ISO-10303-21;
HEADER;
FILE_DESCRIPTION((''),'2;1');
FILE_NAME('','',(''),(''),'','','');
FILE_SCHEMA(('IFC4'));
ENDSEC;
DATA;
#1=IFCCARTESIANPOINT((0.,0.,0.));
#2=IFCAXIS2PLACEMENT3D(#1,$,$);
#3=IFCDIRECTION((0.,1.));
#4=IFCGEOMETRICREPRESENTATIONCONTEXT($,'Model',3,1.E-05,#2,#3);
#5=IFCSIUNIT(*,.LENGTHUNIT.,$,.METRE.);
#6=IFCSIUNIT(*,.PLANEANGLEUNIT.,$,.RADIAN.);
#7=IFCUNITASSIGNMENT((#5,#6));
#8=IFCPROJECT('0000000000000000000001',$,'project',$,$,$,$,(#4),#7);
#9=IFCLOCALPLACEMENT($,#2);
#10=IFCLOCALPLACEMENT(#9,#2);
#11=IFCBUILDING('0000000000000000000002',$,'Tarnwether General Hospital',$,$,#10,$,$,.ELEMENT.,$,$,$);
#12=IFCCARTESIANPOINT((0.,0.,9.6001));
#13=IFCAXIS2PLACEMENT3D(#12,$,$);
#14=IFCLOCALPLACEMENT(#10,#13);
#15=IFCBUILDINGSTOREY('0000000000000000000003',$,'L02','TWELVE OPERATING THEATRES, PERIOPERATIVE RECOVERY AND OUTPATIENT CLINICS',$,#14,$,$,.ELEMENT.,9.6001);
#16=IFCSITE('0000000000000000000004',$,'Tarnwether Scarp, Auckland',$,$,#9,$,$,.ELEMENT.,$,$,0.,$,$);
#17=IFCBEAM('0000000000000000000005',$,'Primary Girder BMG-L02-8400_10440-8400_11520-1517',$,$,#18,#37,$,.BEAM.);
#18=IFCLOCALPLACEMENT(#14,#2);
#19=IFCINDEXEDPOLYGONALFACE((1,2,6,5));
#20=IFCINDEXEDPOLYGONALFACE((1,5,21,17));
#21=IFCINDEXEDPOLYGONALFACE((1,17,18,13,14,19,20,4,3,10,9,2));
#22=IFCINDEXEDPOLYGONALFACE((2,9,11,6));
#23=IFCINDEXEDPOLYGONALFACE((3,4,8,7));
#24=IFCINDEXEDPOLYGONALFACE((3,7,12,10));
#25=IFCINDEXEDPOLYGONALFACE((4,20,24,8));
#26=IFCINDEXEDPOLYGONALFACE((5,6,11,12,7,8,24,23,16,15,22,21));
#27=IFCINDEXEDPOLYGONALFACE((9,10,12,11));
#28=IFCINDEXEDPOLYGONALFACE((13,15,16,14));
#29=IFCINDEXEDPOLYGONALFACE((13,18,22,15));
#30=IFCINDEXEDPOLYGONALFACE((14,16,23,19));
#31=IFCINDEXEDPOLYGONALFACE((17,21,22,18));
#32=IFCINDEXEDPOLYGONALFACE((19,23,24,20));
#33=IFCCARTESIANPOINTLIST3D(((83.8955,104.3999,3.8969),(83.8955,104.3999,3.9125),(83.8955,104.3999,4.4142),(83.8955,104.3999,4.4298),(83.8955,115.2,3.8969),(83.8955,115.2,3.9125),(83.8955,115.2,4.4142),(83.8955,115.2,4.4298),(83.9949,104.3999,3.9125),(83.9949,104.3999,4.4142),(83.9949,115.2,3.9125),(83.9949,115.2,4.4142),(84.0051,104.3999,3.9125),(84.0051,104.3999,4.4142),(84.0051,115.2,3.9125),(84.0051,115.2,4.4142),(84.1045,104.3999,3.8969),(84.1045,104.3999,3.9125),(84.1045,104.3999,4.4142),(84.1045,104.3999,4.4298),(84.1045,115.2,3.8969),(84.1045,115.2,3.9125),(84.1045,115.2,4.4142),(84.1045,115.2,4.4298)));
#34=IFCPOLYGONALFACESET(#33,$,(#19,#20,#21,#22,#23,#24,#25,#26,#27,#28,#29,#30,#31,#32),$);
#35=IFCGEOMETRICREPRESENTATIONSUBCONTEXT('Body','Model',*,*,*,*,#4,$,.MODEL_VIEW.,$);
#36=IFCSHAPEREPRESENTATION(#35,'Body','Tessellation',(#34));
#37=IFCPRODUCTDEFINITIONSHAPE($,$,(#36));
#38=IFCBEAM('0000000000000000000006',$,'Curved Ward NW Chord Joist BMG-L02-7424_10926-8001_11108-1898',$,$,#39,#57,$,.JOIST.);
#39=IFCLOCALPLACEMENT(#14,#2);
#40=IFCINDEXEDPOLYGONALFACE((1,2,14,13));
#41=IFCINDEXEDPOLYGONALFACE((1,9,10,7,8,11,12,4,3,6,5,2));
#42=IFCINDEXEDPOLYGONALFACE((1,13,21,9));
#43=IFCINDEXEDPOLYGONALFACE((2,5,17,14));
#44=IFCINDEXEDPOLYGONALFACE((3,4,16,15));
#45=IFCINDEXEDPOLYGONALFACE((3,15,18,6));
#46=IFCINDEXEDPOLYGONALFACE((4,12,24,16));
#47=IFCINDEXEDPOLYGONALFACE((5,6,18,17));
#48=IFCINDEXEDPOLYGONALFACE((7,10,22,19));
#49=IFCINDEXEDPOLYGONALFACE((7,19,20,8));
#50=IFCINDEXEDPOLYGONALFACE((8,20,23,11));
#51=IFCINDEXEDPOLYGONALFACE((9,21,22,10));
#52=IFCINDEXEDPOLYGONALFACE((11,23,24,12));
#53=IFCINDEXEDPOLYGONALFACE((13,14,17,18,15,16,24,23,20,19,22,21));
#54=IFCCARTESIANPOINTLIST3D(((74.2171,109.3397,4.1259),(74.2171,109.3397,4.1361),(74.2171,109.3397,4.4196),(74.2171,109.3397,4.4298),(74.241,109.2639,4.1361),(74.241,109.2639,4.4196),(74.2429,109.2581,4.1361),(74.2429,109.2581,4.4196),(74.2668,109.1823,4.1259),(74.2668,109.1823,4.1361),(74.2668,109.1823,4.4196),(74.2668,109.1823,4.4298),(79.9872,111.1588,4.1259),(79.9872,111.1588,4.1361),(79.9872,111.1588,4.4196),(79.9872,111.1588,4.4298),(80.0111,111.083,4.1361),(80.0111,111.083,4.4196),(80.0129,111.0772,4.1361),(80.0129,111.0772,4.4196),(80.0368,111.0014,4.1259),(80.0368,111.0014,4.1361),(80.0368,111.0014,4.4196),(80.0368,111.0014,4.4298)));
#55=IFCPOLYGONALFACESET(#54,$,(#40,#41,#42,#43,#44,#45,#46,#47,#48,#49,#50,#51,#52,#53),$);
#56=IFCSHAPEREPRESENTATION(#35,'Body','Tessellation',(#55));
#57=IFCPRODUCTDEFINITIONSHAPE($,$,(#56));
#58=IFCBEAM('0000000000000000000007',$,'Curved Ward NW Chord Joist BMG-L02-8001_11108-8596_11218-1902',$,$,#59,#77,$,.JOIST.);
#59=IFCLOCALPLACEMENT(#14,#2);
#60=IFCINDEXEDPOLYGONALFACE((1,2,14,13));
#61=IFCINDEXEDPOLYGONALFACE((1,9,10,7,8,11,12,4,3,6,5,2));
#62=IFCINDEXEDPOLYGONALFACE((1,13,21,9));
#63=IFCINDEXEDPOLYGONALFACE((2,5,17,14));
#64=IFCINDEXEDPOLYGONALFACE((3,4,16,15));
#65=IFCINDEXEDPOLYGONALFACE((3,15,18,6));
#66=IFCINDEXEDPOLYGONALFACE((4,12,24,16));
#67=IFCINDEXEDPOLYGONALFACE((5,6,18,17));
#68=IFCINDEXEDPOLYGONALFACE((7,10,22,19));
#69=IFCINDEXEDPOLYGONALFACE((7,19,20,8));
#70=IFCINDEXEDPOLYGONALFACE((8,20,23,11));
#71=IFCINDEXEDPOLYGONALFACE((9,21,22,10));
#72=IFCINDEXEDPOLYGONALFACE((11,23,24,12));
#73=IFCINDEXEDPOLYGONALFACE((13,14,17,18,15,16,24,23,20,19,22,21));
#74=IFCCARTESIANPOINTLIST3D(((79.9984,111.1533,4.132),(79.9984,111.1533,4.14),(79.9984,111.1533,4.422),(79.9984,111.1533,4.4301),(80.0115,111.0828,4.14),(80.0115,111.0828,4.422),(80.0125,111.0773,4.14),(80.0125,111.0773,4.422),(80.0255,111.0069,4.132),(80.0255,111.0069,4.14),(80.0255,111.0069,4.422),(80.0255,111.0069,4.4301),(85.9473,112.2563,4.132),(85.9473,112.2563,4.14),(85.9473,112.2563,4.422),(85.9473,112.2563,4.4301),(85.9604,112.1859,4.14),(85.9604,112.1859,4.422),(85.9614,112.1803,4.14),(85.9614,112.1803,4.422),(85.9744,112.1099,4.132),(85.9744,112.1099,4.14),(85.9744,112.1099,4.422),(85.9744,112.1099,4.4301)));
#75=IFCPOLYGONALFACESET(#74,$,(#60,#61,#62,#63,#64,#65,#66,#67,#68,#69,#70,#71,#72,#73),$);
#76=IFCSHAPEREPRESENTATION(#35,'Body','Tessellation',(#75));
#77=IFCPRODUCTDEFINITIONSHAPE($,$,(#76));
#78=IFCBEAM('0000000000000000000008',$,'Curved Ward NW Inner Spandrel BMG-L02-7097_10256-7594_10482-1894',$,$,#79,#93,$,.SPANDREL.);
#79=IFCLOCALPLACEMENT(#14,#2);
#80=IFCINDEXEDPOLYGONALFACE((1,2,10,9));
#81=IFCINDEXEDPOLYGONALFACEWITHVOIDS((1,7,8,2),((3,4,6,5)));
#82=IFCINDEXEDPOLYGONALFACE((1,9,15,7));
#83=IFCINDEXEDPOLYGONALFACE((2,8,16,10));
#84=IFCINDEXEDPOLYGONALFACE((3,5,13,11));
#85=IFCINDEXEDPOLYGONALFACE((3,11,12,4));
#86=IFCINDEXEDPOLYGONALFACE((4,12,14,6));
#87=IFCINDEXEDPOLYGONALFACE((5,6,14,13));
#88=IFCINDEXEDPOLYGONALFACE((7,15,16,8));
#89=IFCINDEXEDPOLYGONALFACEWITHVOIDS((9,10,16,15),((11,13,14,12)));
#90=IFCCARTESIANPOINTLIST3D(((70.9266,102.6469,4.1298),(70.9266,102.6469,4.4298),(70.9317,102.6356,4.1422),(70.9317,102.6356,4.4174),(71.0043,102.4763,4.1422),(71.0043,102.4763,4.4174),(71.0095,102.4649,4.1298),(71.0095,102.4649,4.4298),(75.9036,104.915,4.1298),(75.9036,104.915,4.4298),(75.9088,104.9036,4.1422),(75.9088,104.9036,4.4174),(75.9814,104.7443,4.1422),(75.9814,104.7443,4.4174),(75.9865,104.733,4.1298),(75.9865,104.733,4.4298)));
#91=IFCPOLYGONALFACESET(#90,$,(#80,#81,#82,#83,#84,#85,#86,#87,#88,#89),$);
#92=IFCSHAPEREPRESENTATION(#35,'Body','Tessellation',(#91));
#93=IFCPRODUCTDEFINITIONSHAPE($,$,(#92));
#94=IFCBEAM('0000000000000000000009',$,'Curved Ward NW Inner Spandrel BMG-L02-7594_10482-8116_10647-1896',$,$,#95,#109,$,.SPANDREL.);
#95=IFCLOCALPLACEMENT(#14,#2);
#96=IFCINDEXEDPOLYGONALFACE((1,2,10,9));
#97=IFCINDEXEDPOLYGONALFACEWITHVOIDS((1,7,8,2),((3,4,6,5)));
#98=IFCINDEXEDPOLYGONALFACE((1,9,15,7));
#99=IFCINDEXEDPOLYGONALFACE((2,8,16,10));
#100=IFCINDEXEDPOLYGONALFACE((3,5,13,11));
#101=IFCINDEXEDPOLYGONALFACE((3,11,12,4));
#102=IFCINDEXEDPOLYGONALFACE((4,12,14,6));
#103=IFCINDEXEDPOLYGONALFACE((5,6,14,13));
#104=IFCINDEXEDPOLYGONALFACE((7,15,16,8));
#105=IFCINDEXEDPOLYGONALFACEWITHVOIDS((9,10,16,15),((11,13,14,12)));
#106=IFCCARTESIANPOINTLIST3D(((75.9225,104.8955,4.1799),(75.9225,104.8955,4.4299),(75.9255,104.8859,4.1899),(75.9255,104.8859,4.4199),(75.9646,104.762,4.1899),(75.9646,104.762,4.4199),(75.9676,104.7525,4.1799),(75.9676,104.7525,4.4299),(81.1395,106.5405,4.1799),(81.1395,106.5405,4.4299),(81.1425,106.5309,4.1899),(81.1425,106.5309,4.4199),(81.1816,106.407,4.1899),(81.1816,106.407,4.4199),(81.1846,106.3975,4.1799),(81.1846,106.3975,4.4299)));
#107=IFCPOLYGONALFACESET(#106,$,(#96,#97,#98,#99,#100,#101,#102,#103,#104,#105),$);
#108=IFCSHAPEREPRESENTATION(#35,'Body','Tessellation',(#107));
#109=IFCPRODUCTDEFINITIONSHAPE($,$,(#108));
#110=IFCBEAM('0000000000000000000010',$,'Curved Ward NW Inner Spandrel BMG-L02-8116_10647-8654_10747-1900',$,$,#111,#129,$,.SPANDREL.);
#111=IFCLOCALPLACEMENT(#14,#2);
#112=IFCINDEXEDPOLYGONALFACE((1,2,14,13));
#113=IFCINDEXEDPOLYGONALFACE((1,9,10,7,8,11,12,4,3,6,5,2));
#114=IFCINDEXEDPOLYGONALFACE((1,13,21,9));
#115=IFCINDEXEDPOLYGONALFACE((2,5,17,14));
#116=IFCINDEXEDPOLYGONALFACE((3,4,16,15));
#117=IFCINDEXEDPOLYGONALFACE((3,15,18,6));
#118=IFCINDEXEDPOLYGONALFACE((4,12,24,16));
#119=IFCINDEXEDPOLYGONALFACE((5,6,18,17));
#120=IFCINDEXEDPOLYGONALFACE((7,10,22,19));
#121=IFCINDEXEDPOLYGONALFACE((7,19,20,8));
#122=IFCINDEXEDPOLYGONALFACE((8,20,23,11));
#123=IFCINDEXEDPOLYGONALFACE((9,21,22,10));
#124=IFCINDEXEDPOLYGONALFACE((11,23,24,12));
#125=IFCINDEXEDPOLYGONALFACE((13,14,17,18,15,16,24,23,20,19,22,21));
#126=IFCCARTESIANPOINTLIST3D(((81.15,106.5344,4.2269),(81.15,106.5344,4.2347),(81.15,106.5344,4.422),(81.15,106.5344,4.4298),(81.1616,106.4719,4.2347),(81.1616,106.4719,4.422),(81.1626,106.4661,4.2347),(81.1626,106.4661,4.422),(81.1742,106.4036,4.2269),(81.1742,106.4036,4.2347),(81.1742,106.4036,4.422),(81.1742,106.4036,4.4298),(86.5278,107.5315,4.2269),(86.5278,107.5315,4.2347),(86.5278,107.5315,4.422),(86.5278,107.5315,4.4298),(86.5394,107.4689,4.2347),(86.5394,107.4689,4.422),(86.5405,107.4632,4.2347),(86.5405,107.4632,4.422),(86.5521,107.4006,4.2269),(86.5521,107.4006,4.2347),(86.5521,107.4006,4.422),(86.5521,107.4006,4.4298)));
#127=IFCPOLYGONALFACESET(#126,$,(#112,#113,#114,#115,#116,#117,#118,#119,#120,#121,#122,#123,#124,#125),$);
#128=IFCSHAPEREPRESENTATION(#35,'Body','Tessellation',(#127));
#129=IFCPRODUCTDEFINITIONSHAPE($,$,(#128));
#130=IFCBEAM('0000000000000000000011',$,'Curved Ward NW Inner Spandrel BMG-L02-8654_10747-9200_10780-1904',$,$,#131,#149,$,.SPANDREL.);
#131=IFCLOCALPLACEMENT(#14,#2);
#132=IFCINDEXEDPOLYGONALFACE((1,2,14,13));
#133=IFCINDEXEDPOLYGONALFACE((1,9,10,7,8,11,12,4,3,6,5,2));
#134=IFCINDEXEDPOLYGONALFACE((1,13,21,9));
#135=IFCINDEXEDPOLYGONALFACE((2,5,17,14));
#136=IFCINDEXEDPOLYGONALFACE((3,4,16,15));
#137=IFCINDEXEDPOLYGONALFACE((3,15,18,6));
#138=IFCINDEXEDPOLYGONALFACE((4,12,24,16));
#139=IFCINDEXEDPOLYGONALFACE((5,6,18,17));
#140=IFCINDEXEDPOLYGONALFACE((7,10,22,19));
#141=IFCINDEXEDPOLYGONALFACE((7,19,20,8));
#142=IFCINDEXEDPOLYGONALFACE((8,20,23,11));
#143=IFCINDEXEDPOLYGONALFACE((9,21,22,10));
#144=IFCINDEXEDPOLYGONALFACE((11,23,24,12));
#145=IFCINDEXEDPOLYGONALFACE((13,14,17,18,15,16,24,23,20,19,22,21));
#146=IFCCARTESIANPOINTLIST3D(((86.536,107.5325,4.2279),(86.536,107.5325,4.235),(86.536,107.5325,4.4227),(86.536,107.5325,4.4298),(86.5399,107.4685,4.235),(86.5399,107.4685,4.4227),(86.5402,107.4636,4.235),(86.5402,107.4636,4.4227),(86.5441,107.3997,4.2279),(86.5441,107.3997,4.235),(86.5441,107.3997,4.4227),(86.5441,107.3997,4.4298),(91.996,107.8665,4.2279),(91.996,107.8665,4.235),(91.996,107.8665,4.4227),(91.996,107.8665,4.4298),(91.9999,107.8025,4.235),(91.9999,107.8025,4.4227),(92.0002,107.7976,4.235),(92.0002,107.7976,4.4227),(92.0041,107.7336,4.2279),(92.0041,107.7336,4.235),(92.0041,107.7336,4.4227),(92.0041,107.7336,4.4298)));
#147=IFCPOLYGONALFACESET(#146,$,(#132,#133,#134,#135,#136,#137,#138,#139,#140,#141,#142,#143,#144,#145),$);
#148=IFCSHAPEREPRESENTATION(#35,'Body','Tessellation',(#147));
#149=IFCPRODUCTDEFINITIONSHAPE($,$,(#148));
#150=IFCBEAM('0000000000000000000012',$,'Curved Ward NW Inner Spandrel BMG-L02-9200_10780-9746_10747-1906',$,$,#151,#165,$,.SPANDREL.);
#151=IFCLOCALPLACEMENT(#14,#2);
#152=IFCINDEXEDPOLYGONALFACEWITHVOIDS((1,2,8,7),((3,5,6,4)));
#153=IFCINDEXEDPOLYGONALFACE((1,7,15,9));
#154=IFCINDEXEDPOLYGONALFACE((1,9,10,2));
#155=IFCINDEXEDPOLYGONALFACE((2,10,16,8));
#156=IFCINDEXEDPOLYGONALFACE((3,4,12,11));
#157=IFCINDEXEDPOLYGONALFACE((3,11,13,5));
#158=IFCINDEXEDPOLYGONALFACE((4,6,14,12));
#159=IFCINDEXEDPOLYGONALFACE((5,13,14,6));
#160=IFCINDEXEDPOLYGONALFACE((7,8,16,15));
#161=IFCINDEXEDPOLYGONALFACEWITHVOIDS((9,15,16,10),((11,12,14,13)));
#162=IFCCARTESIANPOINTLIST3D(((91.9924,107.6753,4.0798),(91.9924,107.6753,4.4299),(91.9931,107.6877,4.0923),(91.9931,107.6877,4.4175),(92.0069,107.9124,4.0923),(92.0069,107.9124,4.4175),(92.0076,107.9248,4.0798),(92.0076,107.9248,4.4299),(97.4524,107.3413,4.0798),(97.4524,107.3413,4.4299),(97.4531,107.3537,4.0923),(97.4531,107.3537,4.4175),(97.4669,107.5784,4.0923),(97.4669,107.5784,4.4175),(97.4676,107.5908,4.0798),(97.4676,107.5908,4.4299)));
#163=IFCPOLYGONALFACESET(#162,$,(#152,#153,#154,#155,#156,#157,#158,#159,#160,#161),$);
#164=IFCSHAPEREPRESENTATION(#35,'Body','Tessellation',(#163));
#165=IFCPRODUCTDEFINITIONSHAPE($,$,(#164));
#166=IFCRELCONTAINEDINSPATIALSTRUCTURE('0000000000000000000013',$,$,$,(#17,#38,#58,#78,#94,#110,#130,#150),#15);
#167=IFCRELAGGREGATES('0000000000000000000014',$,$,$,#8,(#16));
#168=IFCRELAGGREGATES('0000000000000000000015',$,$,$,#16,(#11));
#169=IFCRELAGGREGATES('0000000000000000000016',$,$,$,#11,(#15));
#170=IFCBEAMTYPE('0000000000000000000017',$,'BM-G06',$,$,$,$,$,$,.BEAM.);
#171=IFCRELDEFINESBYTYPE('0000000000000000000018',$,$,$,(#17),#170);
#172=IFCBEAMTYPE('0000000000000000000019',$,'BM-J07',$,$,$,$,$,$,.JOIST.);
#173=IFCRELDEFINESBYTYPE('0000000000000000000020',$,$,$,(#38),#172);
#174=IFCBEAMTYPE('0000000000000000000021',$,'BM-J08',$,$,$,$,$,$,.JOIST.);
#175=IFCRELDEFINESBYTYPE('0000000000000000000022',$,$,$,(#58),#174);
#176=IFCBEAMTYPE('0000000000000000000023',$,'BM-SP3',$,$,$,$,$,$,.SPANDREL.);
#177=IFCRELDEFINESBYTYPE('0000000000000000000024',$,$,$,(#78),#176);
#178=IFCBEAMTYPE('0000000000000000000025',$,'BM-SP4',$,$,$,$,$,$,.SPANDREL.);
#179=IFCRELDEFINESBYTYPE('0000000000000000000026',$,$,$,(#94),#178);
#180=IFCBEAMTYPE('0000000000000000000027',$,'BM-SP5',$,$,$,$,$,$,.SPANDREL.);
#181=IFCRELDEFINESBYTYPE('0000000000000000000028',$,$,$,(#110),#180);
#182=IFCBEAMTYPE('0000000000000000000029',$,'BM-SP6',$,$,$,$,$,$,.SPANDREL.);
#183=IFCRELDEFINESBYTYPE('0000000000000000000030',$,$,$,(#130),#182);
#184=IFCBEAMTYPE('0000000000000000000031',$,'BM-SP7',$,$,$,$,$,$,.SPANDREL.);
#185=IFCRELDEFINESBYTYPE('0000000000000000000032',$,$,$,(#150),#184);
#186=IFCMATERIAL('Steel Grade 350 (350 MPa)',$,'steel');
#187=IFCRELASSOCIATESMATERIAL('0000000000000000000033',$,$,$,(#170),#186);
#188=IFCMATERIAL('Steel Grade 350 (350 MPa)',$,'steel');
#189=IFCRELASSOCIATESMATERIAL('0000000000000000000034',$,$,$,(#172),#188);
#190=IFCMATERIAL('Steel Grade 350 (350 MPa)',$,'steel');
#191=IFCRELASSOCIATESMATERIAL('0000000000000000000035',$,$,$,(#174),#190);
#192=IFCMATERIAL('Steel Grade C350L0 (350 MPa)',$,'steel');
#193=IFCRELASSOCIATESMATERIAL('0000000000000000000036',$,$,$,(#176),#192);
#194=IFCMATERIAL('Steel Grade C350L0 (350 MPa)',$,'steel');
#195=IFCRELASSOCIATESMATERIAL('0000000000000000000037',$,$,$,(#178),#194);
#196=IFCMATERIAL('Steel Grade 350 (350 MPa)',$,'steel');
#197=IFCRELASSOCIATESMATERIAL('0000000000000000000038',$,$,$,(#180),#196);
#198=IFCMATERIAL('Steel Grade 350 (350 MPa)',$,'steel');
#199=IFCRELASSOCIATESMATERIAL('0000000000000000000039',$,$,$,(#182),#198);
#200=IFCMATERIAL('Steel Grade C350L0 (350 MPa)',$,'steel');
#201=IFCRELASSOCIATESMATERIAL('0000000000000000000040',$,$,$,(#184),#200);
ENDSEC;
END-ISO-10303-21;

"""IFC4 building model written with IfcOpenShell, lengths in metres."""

from ifc_helpers import new_model, si_unit, direction, frame, origin, origin_2d, place, context, subcontext, project, spatial, hollow_rectangle, i_section, extrude, material, material_profile, profile_set, type_object, element, save


model = new_model("IFC4")

# Units and contexts
model_context = context("Model", 3, precision=1e-05, world=origin(), true_north=direction((0.0, 1.0)))
body_context = subcontext(model_context, "Body", "Model", "MODEL_VIEW")
ifc_project = project(units=[si_unit("LENGTHUNIT", "METRE"), si_unit("PLANEANGLEUNIT", "RADIAN")], contexts=[model_context])

# Site, building, storey
site_placement = place(None, origin())
site = spatial("IfcSite", under=ifc_project, at=site_placement, Name="Tarnwether Scarp, Auckland", CompositionType="ELEMENT", RefElevation=0.0)
building_placement = place(site_placement, origin())
building = spatial("IfcBuilding", under=site, at=building_placement, Name="Tarnwether General Hospital", CompositionType="ELEMENT")
storey_placement = place(building_placement, frame((0.0, 0.0, 9.6001)))
storey = spatial("IfcBuildingStorey", under=building, at=storey_placement, Name="L02", Description="TWELVE OPERATING THEATRES, PERIOPERATIVE RECOVERY AND OUTPATIENT CLINICS", CompositionType="ELEMENT", Elevation=9.6001)

# Beams
ifc_material_1 = material(Name="Steel Grade 350 (350 MPa)", Category="steel")
ifc_material_profile_1 = material_profile(ifc_material_1, i_section(OverallWidth=0.209, OverallDepth=0.533, WebThickness=0.0103, FlangeThickness=0.0156, at=origin_2d()), Name="530UB92.4")
ifc_profile_set_1 = profile_set([ifc_material_profile_1], Name="Steel Grade 350 (350 MPa)")
beam_type_1 = type_object("IfcBeamType", Name="BM-G06", PredefinedType="BEAM", material=ifc_profile_set_1)
beam_1_placement = place(storey_placement, frame((84.0, 104.3999, 4.1633), z_axis=(0.0, 1.0, 0.0), x_axis=(-1.0, 0.0, 0.0)))
element("IfcBeam", 1, at=beam_1_placement, inside=storey, type_object=beam_type_1, Name="Primary Girder BMG-L02-8400_10440-8400_11520-1517", PredefinedType="BEAM", context=body_context, shape_type="SweptSolid", body=[
    extrude(i_section(OverallWidth=0.209, OverallDepth=0.533, WebThickness=0.0103, FlangeThickness=0.0156, at=origin_2d()), origin(), (0.0, 0.0, 1.0), 10.8),
])
ifc_material_2 = material(Name="Steel Grade 350 (350 MPa)", Category="steel")
ifc_material_profile_2 = material_profile(ifc_material_2, i_section(OverallWidth=0.165, OverallDepth=0.304, WebThickness=0.0061, FlangeThickness=0.0103, at=origin_2d()), Name="310UB40.4")
ifc_profile_set_2 = profile_set([ifc_material_profile_2], Name="Steel Grade 350 (350 MPa)")
beam_type_2 = type_object("IfcBeamType", Name="BM-J07", PredefinedType="JOIST", material=ifc_profile_set_2)
beam_2_placement = place(storey_placement, frame((74.2419, 109.261, 4.2778), z_axis=(0.953726, 0.300677, 0.0), x_axis=(-0.300677, 0.953726, 0.0)))
element("IfcBeam", 2, at=beam_2_placement, inside=storey, type_object=beam_type_2, Name="Curved Ward NW Chord Joist BMG-L02-7424_10926-8001_11108-1898", PredefinedType="JOIST", context=body_context, shape_type="SweptSolid", body=[
    extrude(i_section(OverallWidth=0.165, OverallDepth=0.304, WebThickness=0.0061, FlangeThickness=0.0103, at=origin_2d()), origin(), (0.0, 0.0, 1.0), 6.05),
])
ifc_material_3 = material(Name="Steel Grade 350 (350 MPa)", Category="steel")
ifc_material_profile_3 = material_profile(ifc_material_3, i_section(OverallWidth=0.1489, OverallDepth=0.2981, WebThickness=0.0056, FlangeThickness=0.0081, at=origin_2d()), Name="310UB32.0")
ifc_profile_set_3 = profile_set([ifc_material_profile_3], Name="Steel Grade 350 (350 MPa)")
beam_type_3 = type_object("IfcBeamType", Name="BM-J08", PredefinedType="JOIST", material=ifc_profile_set_3)
beam_3_placement = place(storey_placement, frame((80.012, 111.0801, 4.281), z_axis=(0.983242, 0.182307, 0.0), x_axis=(-0.182307, 0.983242, 0.0)))
element("IfcBeam", 3, at=beam_3_placement, inside=storey, type_object=beam_type_3, Name="Curved Ward NW Chord Joist BMG-L02-8001_11108-8596_11218-1902", PredefinedType="JOIST", context=body_context, shape_type="SweptSolid", body=[
    extrude(i_section(OverallWidth=0.1489, OverallDepth=0.2981, WebThickness=0.0056, FlangeThickness=0.0081, at=origin_2d()), origin(), (0.0, 0.0, 1.0), 6.0503),
])
ifc_material_4 = material(Name="Steel Grade C350L0 (350 MPa)", Category="steel")
ifc_material_profile_4 = material_profile(ifc_material_4, hollow_rectangle(XDim=0.2, YDim=0.3, WallThickness=0.0125, at=origin_2d()), Name="RHS300x200x12.5")
ifc_profile_set_4 = profile_set([ifc_material_profile_4], Name="Steel Grade C350L0 (350 MPa)")
beam_type_4 = type_object("IfcBeamType", Name="BM-SP3", PredefinedType="SPANDREL", material=ifc_profile_set_4)
beam_4_placement = place(storey_placement, frame((70.968, 102.5559, 4.2798), z_axis=(0.909969, 0.414677, 0.0), x_axis=(-0.414677, 0.909969, 0.0)))
element("IfcBeam", 4, at=beam_4_placement, inside=storey, type_object=beam_type_4, Name="Curved Ward NW Inner Spandrel BMG-L02-7097_10256-7594_10482-1894", PredefinedType="SPANDREL", context=body_context, shape_type="SweptSolid", body=[
    extrude(hollow_rectangle(XDim=0.2, YDim=0.3, WallThickness=0.0125, at=origin_2d()), origin(), (0.0, 0.0, 1.0), 5.4695),
])
ifc_material_5 = material(Name="Steel Grade C350L0 (350 MPa)", Category="steel")
ifc_material_profile_5 = material_profile(ifc_material_5, hollow_rectangle(XDim=0.1499, YDim=0.25, WallThickness=0.01, at=origin_2d()), Name="RHS250x150x10")
ifc_profile_set_5 = profile_set([ifc_material_profile_5], Name="Steel Grade C350L0 (350 MPa)")
beam_type_5 = type_object("IfcBeamType", Name="BM-SP4", PredefinedType="SPANDREL", material=ifc_profile_set_5)
beam_5_placement = place(storey_placement, frame((75.9451, 104.824, 4.3049), z_axis=(0.953712, 0.300721, 0.0), x_axis=(-0.300721, 0.953712, 0.0)))
element("IfcBeam", 5, at=beam_5_placement, inside=storey, type_object=beam_type_5, Name="Curved Ward NW Inner Spandrel BMG-L02-7594_10482-8116_10647-1896", PredefinedType="SPANDREL", context=body_context, shape_type="SweptSolid", body=[
    extrude(hollow_rectangle(XDim=0.1499, YDim=0.25, WallThickness=0.01, at=origin_2d()), origin(), (0.0, 0.0, 1.0), 5.4702),
])
ifc_material_6 = material(Name="Steel Grade 350 (350 MPa)", Category="steel")
ifc_material_profile_6 = material_profile(ifc_material_6, i_section(OverallWidth=0.1331, OverallDepth=0.2029, WebThickness=0.0059, FlangeThickness=0.0078, at=origin_2d()), Name="200UB25.4")
ifc_profile_set_6 = profile_set([ifc_material_profile_6], Name="Steel Grade 350 (350 MPa)")
beam_type_6 = type_object("IfcBeamType", Name="BM-SP5", PredefinedType="SPANDREL", material=ifc_profile_set_6)
beam_6_placement = place(storey_placement, frame((81.1621, 106.469, 4.3284), z_axis=(0.983244, 0.182294, 0.0), x_axis=(-0.182294, 0.983244, 0.0)))
element("IfcBeam", 6, at=beam_6_placement, inside=storey, type_object=beam_type_6, Name="Curved Ward NW Inner Spandrel BMG-L02-8116_10647-8654_10747-1900", PredefinedType="SPANDREL", context=body_context, shape_type="SweptSolid", body=[
    extrude(i_section(OverallWidth=0.1331, OverallDepth=0.2029, WebThickness=0.0059, FlangeThickness=0.0078, at=origin_2d()), origin(), (0.0, 0.0, 1.0), 5.4695),
])
ifc_material_7 = material(Name="Steel Grade 350 (350 MPa)", Category="steel")
ifc_material_profile_7 = material_profile(ifc_material_7, i_section(OverallWidth=0.1331, OverallDepth=0.2019, WebThickness=0.0049, FlangeThickness=0.0071, at=origin_2d()), Name="200UB22.3")
ifc_profile_set_7 = profile_set([ifc_material_profile_7], Name="Steel Grade 350 (350 MPa)")
beam_type_7 = type_object("IfcBeamType", Name="BM-SP6", PredefinedType="SPANDREL", material=ifc_profile_set_7)
beam_7_placement = place(storey_placement, frame((86.54, 107.4661, 4.3289), z_axis=(0.998134, 0.061056, 0.0), x_axis=(-0.061056, 0.998134, 0.0)))
element("IfcBeam", 7, at=beam_7_placement, inside=storey, type_object=beam_type_7, Name="Curved Ward NW Inner Spandrel BMG-L02-8654_10747-9200_10780-1904", PredefinedType="SPANDREL", context=body_context, shape_type="SweptSolid", body=[
    extrude(i_section(OverallWidth=0.1331, OverallDepth=0.2019, WebThickness=0.0049, FlangeThickness=0.0071, at=origin_2d()), origin(), (0.0, 0.0, 1.0), 5.4702),
])
ifc_material_8 = material(Name="Steel Grade C350L0 (350 MPa)", Category="steel")
ifc_material_profile_8 = material_profile(ifc_material_8, hollow_rectangle(XDim=0.25, YDim=0.3501, WallThickness=0.0125, at=origin_2d()), Name="RHS350x250x12.5")
ifc_profile_set_8 = profile_set([ifc_material_profile_8], Name="Steel Grade C350L0 (350 MPa)")
beam_type_8 = type_object("IfcBeamType", Name="BM-SP7", PredefinedType="SPANDREL", material=ifc_profile_set_8)
beam_8_placement = place(storey_placement, frame((92.0, 107.8, 4.2549), z_axis=(0.998134, -0.061056, 0.0), x_axis=(0.061056, 0.998134, 0.0)))
element("IfcBeam", 8, at=beam_8_placement, inside=storey, type_object=beam_type_8, Name="Curved Ward NW Inner Spandrel BMG-L02-9200_10780-9746_10747-1906", PredefinedType="SPANDREL", context=body_context, shape_type="SweptSolid", body=[
    extrude(hollow_rectangle(XDim=0.25, YDim=0.3501, WallThickness=0.0125, at=origin_2d()), origin(), (0.0, 0.0, 1.0), 5.4702),
])

save(model, "model.ifc")
